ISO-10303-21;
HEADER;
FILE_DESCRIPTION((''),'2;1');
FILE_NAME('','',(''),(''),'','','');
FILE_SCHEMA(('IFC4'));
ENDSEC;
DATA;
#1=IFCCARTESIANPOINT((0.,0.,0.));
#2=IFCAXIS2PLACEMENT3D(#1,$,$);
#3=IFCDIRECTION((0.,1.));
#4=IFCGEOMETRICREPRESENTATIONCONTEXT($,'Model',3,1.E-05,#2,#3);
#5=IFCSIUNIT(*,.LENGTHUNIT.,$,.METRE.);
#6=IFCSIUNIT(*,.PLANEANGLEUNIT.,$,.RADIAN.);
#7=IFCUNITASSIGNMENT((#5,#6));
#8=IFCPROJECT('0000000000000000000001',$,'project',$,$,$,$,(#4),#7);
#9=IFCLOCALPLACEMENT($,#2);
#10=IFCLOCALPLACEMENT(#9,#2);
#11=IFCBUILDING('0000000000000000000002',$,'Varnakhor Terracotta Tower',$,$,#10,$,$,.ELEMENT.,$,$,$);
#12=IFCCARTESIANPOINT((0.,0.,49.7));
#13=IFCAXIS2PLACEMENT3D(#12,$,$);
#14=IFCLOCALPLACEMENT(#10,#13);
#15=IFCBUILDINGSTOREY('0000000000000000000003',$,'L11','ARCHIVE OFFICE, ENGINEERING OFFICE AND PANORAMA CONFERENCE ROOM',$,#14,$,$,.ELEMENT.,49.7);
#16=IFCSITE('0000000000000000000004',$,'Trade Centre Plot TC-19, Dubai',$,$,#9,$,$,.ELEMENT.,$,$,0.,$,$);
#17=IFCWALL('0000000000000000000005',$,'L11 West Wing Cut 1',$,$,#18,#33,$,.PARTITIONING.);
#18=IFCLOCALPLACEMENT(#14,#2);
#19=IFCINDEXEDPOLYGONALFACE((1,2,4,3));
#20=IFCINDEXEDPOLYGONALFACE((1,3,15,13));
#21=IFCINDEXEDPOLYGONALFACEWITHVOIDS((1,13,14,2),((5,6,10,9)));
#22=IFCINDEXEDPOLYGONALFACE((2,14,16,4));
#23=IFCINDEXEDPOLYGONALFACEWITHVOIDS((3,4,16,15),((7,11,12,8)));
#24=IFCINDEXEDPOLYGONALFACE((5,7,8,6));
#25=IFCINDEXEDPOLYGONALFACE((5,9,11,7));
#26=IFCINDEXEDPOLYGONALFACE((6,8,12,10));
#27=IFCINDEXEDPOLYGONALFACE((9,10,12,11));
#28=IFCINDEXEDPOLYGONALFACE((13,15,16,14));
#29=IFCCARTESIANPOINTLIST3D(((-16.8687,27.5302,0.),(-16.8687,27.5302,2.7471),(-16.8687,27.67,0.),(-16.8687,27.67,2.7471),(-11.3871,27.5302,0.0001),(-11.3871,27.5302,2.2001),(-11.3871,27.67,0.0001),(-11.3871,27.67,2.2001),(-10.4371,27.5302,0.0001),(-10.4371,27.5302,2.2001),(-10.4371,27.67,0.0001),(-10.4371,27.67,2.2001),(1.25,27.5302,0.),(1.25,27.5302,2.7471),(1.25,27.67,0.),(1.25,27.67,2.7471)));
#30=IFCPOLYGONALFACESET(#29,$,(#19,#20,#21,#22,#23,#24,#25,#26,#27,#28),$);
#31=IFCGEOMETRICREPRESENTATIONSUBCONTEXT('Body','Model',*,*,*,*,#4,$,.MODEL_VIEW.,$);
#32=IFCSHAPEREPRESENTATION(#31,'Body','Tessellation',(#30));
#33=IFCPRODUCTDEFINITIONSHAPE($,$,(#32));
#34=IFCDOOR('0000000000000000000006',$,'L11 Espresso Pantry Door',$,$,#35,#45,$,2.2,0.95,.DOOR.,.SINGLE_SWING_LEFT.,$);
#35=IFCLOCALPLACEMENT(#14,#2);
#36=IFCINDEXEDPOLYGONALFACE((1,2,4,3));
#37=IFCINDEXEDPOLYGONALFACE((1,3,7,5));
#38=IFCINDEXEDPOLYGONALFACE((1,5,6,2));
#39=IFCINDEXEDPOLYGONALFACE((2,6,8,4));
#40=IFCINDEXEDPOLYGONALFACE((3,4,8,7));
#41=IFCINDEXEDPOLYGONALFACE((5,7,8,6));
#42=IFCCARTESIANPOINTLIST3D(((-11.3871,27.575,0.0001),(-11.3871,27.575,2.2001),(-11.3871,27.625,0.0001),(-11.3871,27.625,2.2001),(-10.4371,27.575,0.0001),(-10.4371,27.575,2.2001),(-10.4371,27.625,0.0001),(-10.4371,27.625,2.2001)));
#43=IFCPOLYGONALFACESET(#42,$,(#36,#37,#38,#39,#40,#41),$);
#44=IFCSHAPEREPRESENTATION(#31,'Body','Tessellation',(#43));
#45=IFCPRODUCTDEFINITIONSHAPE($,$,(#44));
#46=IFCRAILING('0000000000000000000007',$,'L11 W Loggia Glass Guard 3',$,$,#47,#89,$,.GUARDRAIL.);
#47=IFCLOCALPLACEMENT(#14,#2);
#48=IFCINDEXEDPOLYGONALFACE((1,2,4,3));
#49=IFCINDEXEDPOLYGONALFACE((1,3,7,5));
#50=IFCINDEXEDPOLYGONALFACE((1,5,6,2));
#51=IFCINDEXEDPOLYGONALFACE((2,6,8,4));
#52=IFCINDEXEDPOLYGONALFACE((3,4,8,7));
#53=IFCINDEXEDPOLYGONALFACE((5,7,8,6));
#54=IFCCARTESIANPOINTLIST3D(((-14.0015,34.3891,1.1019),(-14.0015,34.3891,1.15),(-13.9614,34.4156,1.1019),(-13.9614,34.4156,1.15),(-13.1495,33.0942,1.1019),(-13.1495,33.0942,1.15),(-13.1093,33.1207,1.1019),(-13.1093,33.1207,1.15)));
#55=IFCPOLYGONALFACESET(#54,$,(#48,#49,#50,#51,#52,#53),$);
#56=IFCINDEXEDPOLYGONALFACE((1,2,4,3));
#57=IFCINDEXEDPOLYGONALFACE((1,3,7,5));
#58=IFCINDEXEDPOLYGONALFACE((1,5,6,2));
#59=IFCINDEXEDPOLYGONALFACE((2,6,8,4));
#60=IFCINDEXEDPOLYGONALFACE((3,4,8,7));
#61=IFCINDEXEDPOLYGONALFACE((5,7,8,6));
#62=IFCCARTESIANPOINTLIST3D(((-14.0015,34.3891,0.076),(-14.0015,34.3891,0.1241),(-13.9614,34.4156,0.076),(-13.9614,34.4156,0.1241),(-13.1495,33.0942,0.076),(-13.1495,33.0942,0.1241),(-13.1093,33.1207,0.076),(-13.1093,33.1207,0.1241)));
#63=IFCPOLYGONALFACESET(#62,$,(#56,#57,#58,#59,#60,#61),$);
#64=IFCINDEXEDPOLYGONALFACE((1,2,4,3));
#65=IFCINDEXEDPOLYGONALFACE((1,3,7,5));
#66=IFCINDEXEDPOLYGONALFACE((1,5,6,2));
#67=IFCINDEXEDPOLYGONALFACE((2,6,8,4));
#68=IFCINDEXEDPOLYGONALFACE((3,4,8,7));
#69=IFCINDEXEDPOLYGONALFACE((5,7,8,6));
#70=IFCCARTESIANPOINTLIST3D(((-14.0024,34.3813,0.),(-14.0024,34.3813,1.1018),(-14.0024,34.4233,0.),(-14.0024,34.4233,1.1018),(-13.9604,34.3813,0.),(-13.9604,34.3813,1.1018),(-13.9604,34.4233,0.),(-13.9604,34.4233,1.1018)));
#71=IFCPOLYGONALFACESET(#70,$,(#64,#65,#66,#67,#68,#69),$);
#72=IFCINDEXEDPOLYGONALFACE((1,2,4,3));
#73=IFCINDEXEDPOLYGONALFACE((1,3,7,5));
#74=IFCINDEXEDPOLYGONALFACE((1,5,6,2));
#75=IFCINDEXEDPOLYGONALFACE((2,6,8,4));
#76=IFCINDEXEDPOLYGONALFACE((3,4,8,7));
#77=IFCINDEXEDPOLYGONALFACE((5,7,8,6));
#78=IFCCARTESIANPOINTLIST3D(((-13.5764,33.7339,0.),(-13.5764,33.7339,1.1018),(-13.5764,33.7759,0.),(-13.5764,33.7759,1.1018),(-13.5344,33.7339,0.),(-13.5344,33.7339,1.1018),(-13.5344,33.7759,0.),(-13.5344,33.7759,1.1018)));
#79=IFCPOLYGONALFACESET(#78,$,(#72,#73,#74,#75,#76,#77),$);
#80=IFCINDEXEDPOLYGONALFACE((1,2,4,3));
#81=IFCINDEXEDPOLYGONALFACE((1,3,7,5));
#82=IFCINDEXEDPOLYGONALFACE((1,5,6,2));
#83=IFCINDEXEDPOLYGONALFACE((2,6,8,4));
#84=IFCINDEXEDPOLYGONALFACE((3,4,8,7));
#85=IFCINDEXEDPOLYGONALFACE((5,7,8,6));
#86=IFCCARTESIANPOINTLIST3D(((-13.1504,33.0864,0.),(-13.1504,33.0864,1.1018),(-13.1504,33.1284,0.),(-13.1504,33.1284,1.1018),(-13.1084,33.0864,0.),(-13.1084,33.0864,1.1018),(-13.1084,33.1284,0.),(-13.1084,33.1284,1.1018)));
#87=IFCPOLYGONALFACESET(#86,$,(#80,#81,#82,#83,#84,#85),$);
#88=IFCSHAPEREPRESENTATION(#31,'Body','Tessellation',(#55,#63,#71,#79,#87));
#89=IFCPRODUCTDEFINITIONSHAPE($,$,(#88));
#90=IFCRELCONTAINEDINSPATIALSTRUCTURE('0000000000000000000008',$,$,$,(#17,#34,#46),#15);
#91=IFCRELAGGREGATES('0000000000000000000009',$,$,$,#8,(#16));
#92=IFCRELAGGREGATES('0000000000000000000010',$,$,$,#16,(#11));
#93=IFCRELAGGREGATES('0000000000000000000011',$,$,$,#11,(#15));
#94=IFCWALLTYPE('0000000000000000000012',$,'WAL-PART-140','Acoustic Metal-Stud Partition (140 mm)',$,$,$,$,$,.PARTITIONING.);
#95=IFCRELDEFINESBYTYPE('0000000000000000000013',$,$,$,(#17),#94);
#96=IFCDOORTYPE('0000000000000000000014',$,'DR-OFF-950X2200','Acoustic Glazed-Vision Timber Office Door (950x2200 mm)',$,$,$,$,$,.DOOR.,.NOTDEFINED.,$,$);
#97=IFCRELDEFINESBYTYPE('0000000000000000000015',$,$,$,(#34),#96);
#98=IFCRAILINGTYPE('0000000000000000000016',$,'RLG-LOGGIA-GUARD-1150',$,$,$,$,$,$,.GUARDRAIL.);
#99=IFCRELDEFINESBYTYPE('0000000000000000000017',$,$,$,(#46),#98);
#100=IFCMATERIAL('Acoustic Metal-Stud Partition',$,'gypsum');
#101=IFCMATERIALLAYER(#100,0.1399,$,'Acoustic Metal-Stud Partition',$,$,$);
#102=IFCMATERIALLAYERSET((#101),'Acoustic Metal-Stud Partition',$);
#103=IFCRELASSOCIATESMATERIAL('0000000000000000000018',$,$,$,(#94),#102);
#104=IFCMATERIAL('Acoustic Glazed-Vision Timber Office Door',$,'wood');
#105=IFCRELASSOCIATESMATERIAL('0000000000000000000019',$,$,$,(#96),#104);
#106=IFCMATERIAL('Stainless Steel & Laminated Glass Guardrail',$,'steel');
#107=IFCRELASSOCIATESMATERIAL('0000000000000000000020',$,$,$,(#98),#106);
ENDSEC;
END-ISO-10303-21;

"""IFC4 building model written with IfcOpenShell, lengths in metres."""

from ifc_helpers import new_model, si_unit, direction, frame, frame_2d, origin, origin_2d, place, context, subcontext, project, spatial, rectangle, extrude, source, transform, mapped, material, layer, layer_set, type_object, type_shapes, element, fill, save


model = new_model("IFC4")

# Units and contexts
model_context = context("Model", 3, precision=1e-05, world=origin(), true_north=direction((0.0, 1.0)))
body_context = subcontext(model_context, "Body", "Model", "MODEL_VIEW")
ifc_project = project(units=[si_unit("LENGTHUNIT", "METRE"), si_unit("PLANEANGLEUNIT", "RADIAN")], contexts=[model_context])

# Site, building, storey
site_placement = place(None, origin())
site = spatial("IfcSite", under=ifc_project, at=site_placement, Name="Trade Centre Plot TC-19, Dubai", CompositionType="ELEMENT", RefElevation=0.0)
building_placement = place(site_placement, origin())
building = spatial("IfcBuilding", under=site, at=building_placement, Name="Varnakhor Terracotta Tower", CompositionType="ELEMENT")
storey_placement = place(building_placement, frame((0.0, 0.0, 49.7)))
storey = spatial("IfcBuildingStorey", under=building, at=storey_placement, Name="L11", Description="ARCHIVE OFFICE, ENGINEERING OFFICE AND PANORAMA CONFERENCE ROOM", CompositionType="ELEMENT", Elevation=49.7)

# Wall, opening, door
ifc_material_1 = material(Name="Acoustic Metal-Stud Partition", Category="gypsum")
ifc_layer_1 = layer(ifc_material_1, 0.1399, Name="Acoustic Metal-Stud Partition")
ifc_layer_set_1 = layer_set([ifc_layer_1], Name="Acoustic Metal-Stud Partition")
wall_type = type_object("IfcWallType", Name="WAL-PART-140", Description="Acoustic Metal-Stud Partition (140 mm)", PredefinedType="PARTITIONING", material=ifc_layer_set_1)
wall_placement = place(storey_placement, frame((-16.8687, 27.6001, 0.0), z_axis=(0.0, 0.0, 1.0), x_axis=(1.0, 0.0, 0.0)))
wall = element("IfcWall", 1, at=wall_placement, inside=storey, type_object=wall_type, Name="L11 West Wing Cut 1", PredefinedType="PARTITIONING", context=body_context, shape_type="SweptSolid", body=[
    extrude(rectangle(XDim=18.1187, YDim=0.1399, at=frame_2d((9.0593, 0.0))), origin(), (0.0, 0.0, 1.0), 2.7471),
])
opening_placement = place(wall_placement, frame((5.4814, 0.0, 0.0)))
opening = element("IfcOpeningElement", 2, at=opening_placement, cuts=wall, PredefinedType="OPENING", context=body_context, shape_type="SweptSolid", body=[
    extrude(rectangle(XDim=0.95, YDim=2.2, at=frame_2d((0.4751, 1.1001))), frame((0.0, 0.0801, 0.0), z_axis=(0.0, -1.0, 0.0), x_axis=(1.0, 0.0, 0.0)), (0.0, 0.0, 1.0), 0.1599),
])
ifc_material_2 = material(Name="Acoustic Glazed-Vision Timber Office Door", Category="wood")
door_type = type_object("IfcDoorType", Name="DR-OFF-950X2200", Description="Acoustic Glazed-Vision Timber Office Door (950x2200 mm)", OperationType="NOTDEFINED", PredefinedType="DOOR", material=ifc_material_2)
shared_shape_1 = source(origin(), body_context, "Body", "SweptSolid", [
    extrude(rectangle(XDim=0.95, YDim=2.2, at=frame_2d((0.4751, 1.1001))), frame((0.0, 0.0249, 0.0), z_axis=(0.0, -1.0, 0.0), x_axis=(1.0, 0.0, 0.0)), (0.0, 0.0, 1.0), 0.05),
])
type_shapes(door_type, [shared_shape_1])
door_placement = place(opening_placement, origin())
door = element("IfcDoor", 3, at=door_placement, inside=storey, type_object=door_type, Name="L11 Espresso Pantry Door", OperationType="SINGLE_SWING_LEFT", OverallHeight=2.2, OverallWidth=0.95, PredefinedType="DOOR", context=body_context, shape_type="MappedRepresentation", body=[
    mapped(shared_shape_1, transform((0.0, 0.0, 0.0), scale=1.0)),
])
fill(opening, door)

# Railing
ifc_material_3 = material(Name="Stainless Steel & Laminated Glass Guardrail", Category="steel")
railing_type = type_object("IfcRailingType", Name="RLG-LOGGIA-GUARD-1150", PredefinedType="GUARDRAIL", material=ifc_material_3)
railing_placement = place(storey_placement, frame((-13.9814, 34.4023, 0.0)))
element("IfcRailing", 4, at=railing_placement, inside=storey, type_object=railing_type, Name="L11 W Loggia Glass Guard 3", PredefinedType="GUARDRAIL", context=body_context, shape_type="SweptSolid", body=[
    extrude(rectangle(XDim=0.0481, YDim=0.0481, at=origin_2d()), frame((0.0, 0.0, 1.126), z_axis=(0.549674, -0.835379, 0.0), x_axis=(0.835379, 0.549674, 0.0)), (0.0, 0.0, 1.0), 1.55),
    extrude(rectangle(XDim=0.0481, YDim=0.0481, at=origin_2d()), frame((0.0, 0.0, 0.1001), z_axis=(0.549674, -0.835379, 0.0), x_axis=(0.835379, 0.549674, 0.0)), (0.0, 0.0, 1.0), 1.55),
    extrude(rectangle(XDim=0.042, YDim=0.042, at=origin_2d()), origin(), (0.0, 0.0, 1.0), 1.1018),
    extrude(rectangle(XDim=0.042, YDim=0.042, at=origin_2d()), frame((0.426, -0.6475, 0.0)), (0.0, 0.0, 1.0), 1.1018),
    extrude(rectangle(XDim=0.042, YDim=0.042, at=origin_2d()), frame((0.8521, -1.2949, 0.0)), (0.0, 0.0, 1.0), 1.1018),
])

save(model, "model.ifc")
